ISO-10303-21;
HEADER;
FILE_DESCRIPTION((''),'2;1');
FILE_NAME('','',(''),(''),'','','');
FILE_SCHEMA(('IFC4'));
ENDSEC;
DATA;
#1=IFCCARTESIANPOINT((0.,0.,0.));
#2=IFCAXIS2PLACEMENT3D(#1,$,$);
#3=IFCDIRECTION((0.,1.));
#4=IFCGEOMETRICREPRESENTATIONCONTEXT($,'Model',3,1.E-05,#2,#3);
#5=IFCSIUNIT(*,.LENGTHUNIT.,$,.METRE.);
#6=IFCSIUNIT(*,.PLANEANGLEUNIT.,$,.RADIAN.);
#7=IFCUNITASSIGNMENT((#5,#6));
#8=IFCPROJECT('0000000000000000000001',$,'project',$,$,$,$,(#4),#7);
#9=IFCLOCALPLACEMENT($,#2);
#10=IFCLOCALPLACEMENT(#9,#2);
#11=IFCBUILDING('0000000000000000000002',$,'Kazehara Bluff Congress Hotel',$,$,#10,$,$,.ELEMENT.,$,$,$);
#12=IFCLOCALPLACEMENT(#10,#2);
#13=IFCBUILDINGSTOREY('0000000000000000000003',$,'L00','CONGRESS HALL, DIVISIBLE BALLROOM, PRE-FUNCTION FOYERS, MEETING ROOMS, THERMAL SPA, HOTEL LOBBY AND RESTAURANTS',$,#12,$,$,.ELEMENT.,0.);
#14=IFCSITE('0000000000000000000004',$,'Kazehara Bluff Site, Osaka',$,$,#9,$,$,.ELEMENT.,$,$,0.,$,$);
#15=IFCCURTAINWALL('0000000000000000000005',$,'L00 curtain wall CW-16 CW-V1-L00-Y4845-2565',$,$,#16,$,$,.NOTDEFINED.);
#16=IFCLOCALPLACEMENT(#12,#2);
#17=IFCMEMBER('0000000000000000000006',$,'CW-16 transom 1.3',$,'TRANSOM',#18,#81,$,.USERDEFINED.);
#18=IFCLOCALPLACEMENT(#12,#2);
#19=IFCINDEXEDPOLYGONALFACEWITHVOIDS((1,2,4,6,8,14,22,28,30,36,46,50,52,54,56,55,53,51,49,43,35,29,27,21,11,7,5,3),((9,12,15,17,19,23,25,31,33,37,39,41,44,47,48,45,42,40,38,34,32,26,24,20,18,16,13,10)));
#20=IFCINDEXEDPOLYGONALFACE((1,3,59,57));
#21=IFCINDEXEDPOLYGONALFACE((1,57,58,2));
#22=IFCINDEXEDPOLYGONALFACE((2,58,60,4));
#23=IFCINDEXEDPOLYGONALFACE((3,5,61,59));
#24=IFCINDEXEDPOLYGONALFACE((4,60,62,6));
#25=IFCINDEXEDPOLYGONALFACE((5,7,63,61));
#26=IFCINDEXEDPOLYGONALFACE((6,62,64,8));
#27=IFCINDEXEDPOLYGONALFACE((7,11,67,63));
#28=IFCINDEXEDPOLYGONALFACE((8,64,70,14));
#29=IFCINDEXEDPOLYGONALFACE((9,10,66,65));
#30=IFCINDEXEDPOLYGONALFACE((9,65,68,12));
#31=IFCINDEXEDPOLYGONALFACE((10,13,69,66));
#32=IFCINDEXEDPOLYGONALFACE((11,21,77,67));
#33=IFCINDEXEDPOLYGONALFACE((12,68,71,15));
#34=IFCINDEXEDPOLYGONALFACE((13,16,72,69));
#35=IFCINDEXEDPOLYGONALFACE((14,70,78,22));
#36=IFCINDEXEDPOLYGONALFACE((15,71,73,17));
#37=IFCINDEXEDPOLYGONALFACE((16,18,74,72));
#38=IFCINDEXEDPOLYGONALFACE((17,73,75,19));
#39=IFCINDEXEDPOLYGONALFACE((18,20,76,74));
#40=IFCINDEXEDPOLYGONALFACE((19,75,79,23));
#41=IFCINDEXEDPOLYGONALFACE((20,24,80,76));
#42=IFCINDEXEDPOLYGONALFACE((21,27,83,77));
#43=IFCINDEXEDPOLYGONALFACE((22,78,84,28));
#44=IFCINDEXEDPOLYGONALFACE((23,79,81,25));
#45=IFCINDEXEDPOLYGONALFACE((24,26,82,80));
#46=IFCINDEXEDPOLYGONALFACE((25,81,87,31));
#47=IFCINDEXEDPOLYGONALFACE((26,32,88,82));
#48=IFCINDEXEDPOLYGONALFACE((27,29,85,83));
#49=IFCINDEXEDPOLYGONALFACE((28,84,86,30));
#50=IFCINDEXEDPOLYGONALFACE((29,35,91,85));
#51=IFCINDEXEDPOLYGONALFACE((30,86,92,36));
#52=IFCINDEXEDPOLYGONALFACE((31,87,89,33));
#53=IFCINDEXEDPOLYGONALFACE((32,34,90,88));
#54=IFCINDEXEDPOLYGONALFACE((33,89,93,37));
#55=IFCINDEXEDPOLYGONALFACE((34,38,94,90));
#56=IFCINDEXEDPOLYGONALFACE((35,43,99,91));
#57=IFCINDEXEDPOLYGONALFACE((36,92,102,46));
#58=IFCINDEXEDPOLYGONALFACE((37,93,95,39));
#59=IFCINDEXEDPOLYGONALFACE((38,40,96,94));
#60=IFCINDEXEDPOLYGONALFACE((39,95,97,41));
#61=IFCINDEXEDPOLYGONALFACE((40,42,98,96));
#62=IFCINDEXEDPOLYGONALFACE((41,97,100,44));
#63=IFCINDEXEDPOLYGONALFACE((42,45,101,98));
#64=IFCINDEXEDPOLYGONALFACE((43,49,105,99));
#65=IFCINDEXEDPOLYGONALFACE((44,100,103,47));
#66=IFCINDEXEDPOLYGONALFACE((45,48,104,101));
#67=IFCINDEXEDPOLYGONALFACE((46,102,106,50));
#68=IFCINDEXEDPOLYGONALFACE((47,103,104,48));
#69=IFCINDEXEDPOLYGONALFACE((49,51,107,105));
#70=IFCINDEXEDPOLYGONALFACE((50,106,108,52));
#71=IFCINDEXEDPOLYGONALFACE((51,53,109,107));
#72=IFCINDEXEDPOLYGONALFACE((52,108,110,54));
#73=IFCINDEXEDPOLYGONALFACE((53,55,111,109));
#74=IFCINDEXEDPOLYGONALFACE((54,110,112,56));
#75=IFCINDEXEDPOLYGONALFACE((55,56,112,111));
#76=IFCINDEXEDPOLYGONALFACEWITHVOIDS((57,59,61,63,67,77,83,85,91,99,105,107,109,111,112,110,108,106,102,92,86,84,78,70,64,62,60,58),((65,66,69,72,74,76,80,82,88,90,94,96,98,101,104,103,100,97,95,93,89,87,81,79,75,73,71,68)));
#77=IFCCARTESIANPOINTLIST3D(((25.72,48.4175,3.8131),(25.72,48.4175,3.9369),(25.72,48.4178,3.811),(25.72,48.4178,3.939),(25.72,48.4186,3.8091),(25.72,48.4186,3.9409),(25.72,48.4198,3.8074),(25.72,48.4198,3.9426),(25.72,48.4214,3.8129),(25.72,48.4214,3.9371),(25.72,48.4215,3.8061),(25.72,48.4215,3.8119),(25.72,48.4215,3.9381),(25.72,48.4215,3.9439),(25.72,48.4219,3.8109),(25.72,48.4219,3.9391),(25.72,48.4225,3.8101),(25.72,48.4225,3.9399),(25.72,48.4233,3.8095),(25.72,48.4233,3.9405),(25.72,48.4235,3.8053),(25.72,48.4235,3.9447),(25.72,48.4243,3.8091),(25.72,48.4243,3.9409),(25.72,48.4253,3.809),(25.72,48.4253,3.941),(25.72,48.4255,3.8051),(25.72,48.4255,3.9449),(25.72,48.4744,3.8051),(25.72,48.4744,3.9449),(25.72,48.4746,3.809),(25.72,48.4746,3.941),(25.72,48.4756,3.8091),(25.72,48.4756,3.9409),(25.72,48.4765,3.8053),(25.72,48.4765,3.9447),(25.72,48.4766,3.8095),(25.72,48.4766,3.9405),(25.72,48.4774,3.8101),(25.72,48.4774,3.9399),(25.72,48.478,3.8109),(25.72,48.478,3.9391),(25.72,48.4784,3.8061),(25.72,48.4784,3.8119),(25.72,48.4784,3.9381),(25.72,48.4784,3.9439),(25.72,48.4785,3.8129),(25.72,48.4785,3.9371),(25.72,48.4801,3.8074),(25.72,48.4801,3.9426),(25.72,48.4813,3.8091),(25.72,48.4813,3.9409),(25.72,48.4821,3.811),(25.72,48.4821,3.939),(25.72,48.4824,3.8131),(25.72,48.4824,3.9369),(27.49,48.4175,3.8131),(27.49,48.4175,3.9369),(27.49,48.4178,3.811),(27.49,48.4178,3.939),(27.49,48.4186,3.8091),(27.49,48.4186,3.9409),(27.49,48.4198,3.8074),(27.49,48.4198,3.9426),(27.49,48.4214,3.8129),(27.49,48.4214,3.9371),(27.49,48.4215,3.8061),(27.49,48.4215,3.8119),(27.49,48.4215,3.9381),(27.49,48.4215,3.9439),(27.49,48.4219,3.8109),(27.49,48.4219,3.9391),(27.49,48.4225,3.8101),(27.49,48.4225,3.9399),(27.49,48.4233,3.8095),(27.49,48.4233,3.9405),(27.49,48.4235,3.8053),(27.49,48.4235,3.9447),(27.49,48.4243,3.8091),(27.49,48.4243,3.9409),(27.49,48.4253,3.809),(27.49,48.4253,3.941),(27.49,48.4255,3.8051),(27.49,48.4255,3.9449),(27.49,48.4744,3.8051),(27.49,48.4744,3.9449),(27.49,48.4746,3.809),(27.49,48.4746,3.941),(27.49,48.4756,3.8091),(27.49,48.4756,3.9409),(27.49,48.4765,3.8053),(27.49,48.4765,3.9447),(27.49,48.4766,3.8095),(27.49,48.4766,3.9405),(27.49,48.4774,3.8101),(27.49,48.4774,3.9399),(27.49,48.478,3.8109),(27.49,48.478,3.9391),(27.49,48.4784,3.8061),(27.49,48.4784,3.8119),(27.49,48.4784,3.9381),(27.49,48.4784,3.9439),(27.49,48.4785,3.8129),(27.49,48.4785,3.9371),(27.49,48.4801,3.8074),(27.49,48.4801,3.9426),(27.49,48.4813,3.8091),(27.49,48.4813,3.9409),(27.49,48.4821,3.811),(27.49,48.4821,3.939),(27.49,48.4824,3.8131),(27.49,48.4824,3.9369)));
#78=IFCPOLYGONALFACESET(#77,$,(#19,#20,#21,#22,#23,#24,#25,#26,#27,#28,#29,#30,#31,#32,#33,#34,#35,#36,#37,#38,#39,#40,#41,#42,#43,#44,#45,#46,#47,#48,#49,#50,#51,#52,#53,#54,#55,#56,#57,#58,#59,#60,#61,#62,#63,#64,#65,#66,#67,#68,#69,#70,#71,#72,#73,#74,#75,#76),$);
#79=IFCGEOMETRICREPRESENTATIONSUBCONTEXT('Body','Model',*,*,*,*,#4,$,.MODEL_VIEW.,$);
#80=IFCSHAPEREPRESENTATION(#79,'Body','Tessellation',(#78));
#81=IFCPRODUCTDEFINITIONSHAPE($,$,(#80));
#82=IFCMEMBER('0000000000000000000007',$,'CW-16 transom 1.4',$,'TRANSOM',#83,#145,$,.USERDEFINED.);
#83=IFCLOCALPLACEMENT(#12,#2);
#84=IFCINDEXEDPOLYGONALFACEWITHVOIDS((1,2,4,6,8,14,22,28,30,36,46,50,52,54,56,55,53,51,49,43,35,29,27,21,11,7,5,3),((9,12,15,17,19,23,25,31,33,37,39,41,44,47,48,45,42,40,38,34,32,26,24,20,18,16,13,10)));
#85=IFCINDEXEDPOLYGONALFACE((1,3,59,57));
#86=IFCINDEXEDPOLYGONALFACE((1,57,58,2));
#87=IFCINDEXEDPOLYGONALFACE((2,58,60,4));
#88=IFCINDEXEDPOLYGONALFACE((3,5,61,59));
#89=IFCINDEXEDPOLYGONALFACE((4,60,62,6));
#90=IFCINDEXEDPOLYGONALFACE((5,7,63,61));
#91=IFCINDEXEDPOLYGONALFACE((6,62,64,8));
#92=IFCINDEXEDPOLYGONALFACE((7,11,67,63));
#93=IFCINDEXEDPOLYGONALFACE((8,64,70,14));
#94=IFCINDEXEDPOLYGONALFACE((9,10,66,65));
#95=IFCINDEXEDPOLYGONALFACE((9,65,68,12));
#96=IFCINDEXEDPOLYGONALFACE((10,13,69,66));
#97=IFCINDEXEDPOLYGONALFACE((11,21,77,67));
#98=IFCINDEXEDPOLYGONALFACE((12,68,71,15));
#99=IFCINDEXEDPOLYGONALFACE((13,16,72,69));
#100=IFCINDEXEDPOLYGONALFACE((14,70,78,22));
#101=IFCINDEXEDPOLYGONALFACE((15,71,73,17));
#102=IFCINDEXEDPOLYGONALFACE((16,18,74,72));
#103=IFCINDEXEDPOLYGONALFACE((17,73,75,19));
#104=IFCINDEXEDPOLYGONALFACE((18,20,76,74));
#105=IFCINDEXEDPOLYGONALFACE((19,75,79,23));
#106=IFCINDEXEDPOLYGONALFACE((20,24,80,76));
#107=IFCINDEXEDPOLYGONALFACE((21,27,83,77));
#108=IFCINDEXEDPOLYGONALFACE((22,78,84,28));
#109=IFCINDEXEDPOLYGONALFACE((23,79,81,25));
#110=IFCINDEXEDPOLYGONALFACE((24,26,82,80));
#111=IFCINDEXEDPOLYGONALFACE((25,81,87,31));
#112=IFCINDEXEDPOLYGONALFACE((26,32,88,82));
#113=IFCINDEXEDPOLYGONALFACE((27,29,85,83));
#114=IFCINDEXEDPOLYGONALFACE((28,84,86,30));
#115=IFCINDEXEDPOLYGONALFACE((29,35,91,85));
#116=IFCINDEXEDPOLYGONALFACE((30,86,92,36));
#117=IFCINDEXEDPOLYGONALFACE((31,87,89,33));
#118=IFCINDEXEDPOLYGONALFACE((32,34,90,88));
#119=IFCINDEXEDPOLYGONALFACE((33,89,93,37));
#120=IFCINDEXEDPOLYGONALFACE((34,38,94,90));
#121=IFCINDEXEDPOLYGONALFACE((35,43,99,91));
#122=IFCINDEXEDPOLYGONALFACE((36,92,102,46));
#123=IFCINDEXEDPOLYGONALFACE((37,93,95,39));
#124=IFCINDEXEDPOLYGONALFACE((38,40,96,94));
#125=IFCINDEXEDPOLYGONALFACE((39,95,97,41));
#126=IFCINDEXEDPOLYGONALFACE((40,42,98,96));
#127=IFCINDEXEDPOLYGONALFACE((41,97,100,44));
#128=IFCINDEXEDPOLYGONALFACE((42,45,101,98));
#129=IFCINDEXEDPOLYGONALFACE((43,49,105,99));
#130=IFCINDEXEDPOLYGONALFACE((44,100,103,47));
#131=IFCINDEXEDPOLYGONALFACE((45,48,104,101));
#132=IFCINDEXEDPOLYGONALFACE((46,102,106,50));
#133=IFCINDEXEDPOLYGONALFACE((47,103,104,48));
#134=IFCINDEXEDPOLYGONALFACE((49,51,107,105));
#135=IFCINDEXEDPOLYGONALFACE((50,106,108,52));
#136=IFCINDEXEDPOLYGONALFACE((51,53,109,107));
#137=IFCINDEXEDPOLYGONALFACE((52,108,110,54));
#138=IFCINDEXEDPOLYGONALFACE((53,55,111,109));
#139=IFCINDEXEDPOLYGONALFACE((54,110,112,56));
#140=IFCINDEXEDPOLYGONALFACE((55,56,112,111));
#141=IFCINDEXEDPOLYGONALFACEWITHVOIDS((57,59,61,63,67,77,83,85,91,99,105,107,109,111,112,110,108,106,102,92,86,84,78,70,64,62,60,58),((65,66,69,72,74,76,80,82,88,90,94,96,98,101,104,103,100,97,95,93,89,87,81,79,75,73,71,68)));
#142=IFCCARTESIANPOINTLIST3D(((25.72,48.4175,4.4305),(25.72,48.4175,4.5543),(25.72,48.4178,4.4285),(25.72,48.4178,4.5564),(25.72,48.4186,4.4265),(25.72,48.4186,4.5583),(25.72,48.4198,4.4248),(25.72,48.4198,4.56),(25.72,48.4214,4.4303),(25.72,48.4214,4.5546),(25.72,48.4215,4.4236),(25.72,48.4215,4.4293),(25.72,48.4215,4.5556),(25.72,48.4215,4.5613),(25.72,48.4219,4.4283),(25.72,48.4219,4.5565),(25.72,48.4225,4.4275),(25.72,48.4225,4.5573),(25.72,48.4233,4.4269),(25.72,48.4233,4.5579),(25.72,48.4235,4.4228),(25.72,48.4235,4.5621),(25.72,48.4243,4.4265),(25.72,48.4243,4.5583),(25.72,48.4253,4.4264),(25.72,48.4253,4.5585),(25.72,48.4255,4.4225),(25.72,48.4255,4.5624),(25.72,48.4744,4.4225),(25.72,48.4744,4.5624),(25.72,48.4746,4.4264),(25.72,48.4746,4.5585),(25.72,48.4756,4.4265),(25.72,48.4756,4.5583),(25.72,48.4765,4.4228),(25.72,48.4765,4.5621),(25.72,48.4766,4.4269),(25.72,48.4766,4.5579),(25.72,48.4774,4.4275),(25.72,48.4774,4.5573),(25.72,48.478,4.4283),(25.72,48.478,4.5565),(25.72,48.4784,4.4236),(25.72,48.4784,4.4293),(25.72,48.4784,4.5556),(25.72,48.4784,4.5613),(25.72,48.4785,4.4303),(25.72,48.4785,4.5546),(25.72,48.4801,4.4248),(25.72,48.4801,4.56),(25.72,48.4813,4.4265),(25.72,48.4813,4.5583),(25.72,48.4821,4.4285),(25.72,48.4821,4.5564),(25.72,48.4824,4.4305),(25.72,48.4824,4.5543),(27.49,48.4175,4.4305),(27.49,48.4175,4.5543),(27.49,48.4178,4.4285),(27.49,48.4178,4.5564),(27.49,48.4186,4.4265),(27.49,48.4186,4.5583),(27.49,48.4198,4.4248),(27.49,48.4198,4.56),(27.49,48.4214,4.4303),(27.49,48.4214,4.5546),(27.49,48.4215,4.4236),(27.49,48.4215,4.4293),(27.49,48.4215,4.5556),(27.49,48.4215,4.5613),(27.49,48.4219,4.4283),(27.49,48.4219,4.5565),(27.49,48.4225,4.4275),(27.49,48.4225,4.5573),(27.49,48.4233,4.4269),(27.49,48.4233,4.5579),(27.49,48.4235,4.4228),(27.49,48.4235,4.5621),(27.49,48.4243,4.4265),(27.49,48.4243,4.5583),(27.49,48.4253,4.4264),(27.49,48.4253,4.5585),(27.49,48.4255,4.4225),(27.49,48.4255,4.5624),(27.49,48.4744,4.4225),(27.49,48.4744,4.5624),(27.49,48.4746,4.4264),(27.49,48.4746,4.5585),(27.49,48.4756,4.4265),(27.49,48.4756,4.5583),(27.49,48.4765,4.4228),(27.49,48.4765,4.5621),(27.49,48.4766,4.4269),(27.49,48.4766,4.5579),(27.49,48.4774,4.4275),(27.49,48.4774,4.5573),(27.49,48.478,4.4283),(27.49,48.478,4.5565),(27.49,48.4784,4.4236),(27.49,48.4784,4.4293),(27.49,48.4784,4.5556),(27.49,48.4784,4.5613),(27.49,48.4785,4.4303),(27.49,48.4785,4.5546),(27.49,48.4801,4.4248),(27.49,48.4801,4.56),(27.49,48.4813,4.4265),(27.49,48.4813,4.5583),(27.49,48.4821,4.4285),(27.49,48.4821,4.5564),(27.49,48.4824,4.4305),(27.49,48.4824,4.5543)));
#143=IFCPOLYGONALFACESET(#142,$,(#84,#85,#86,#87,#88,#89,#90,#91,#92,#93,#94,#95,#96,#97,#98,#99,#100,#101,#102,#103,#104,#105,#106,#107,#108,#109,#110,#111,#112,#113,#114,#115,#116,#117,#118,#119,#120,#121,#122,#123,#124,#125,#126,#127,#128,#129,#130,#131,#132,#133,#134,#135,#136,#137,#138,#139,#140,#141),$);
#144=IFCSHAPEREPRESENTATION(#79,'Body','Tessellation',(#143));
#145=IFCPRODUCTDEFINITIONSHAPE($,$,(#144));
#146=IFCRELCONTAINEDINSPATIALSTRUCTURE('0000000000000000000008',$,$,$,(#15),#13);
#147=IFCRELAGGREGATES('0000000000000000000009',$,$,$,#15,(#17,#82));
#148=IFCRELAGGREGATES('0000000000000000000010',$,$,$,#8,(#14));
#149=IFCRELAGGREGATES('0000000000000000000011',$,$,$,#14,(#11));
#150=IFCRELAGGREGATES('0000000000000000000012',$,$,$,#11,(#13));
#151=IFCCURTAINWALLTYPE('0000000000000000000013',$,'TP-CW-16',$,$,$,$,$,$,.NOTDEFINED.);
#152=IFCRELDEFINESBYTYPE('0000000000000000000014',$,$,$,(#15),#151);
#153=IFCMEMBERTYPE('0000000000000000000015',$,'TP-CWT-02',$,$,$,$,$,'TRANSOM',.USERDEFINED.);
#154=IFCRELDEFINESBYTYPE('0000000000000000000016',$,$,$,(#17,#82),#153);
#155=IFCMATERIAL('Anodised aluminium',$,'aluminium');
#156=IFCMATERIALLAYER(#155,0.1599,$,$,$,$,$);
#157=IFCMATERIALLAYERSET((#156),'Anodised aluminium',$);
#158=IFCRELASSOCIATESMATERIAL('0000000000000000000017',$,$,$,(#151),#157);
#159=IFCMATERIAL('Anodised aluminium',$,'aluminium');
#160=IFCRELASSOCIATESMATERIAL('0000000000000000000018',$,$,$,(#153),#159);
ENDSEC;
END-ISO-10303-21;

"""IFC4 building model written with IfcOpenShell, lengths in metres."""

from ifc_helpers import new_model, si_unit, direction, frame, origin, origin_2d, place, context, subcontext, project, spatial, hollow_rectangle, extrude, material, layer, layer_set, material_profile, profile_set, type_object, element, aggregate, save


model = new_model("IFC4")

# Units and contexts
model_context = context("Model", 3, precision=1e-05, world=origin(), true_north=direction((0.0, 1.0)))
body_context = subcontext(model_context, "Body", "Model", "MODEL_VIEW")
ifc_project = project(units=[si_unit("LENGTHUNIT", "METRE"), si_unit("PLANEANGLEUNIT", "RADIAN")], contexts=[model_context])

# Site, building, storey
site_placement = place(None, origin())
site = spatial("IfcSite", under=ifc_project, at=site_placement, Name="Kazehara Bluff Site, Osaka", CompositionType="ELEMENT", RefElevation=0.0)
building_placement = place(site_placement, origin())
building = spatial("IfcBuilding", under=site, at=building_placement, Name="Kazehara Bluff Congress Hotel", CompositionType="ELEMENT")
storey_placement = place(building_placement, origin())
storey = spatial("IfcBuildingStorey", under=building, at=storey_placement, Name="L00", Description="CONGRESS HALL, DIVISIBLE BALLROOM, PRE-FUNCTION FOYERS, MEETING ROOMS, THERMAL SPA, HOTEL LOBBY AND RESTAURANTS", CompositionType="ELEMENT", Elevation=0.0)

# Curtain wall, members
ifc_material_1 = material(Name="Anodised aluminium", Category="aluminium")
ifc_layer_1 = layer(ifc_material_1, 0.1599)
ifc_layer_set_1 = layer_set([ifc_layer_1], Name="Anodised aluminium")
curtain_wall_type = type_object("IfcCurtainWallType", Name="TP-CW-16", PredefinedType="NOTDEFINED", material=ifc_layer_set_1)
curtain_wall_placement = place(storey_placement, origin())
curtain_wall = element("IfcCurtainWall", 1, at=curtain_wall_placement, inside=storey, type_object=curtain_wall_type, Name="L00 curtain wall CW-16 CW-V1-L00-Y4845-2565", PredefinedType="NOTDEFINED")
ifc_material_2 = material(Name="Anodised aluminium", Category="aluminium")
ifc_material_profile_1 = material_profile(ifc_material_2, hollow_rectangle(XDim=0.0649, YDim=0.1399, WallThickness=0.0039, InnerFilletRadius=0.0039, OuterFilletRadius=0.0081, at=origin_2d()))
ifc_profile_set_1 = profile_set([ifc_material_profile_1], Name="Anodised aluminium")
member_type_1 = type_object("IfcMemberType", Name="TP-CWT-02", ElementType="TRANSOM", PredefinedType="USERDEFINED", material=ifc_profile_set_1)
member_1_placement = place(storey_placement, frame((25.72, 48.45, 3.875), z_axis=(1.0, 0.0, 0.0), x_axis=(0.0, 1.0, 0.0)))
member_1 = element("IfcMember", 2, at=member_1_placement, type_object=member_type_1, Name="CW-16 transom 1.3", ObjectType="TRANSOM", PredefinedType="USERDEFINED", context=body_context, shape_type="SweptSolid", body=[
    extrude(hollow_rectangle(XDim=0.0649, YDim=0.1399, WallThickness=0.0039, InnerFilletRadius=0.0039, OuterFilletRadius=0.0081, at=origin_2d()), origin(), (0.0, 0.0, 1.0), 1.77),
])
member_2_placement = place(storey_placement, frame((25.72, 48.45, 4.4924), z_axis=(1.0, 0.0, 0.0), x_axis=(0.0, 1.0, 0.0)))
member_2 = element("IfcMember", 3, at=member_2_placement, type_object=member_type_1, Name="CW-16 transom 1.4", ObjectType="TRANSOM", PredefinedType="USERDEFINED", context=body_context, shape_type="SweptSolid", body=[
    extrude(hollow_rectangle(XDim=0.0649, YDim=0.1399, WallThickness=0.0039, InnerFilletRadius=0.0039, OuterFilletRadius=0.0081, at=origin_2d()), origin(), (0.0, 0.0, 1.0), 1.77),
])
aggregate(curtain_wall, [member_1, member_2])

save(model, "model.ifc")
